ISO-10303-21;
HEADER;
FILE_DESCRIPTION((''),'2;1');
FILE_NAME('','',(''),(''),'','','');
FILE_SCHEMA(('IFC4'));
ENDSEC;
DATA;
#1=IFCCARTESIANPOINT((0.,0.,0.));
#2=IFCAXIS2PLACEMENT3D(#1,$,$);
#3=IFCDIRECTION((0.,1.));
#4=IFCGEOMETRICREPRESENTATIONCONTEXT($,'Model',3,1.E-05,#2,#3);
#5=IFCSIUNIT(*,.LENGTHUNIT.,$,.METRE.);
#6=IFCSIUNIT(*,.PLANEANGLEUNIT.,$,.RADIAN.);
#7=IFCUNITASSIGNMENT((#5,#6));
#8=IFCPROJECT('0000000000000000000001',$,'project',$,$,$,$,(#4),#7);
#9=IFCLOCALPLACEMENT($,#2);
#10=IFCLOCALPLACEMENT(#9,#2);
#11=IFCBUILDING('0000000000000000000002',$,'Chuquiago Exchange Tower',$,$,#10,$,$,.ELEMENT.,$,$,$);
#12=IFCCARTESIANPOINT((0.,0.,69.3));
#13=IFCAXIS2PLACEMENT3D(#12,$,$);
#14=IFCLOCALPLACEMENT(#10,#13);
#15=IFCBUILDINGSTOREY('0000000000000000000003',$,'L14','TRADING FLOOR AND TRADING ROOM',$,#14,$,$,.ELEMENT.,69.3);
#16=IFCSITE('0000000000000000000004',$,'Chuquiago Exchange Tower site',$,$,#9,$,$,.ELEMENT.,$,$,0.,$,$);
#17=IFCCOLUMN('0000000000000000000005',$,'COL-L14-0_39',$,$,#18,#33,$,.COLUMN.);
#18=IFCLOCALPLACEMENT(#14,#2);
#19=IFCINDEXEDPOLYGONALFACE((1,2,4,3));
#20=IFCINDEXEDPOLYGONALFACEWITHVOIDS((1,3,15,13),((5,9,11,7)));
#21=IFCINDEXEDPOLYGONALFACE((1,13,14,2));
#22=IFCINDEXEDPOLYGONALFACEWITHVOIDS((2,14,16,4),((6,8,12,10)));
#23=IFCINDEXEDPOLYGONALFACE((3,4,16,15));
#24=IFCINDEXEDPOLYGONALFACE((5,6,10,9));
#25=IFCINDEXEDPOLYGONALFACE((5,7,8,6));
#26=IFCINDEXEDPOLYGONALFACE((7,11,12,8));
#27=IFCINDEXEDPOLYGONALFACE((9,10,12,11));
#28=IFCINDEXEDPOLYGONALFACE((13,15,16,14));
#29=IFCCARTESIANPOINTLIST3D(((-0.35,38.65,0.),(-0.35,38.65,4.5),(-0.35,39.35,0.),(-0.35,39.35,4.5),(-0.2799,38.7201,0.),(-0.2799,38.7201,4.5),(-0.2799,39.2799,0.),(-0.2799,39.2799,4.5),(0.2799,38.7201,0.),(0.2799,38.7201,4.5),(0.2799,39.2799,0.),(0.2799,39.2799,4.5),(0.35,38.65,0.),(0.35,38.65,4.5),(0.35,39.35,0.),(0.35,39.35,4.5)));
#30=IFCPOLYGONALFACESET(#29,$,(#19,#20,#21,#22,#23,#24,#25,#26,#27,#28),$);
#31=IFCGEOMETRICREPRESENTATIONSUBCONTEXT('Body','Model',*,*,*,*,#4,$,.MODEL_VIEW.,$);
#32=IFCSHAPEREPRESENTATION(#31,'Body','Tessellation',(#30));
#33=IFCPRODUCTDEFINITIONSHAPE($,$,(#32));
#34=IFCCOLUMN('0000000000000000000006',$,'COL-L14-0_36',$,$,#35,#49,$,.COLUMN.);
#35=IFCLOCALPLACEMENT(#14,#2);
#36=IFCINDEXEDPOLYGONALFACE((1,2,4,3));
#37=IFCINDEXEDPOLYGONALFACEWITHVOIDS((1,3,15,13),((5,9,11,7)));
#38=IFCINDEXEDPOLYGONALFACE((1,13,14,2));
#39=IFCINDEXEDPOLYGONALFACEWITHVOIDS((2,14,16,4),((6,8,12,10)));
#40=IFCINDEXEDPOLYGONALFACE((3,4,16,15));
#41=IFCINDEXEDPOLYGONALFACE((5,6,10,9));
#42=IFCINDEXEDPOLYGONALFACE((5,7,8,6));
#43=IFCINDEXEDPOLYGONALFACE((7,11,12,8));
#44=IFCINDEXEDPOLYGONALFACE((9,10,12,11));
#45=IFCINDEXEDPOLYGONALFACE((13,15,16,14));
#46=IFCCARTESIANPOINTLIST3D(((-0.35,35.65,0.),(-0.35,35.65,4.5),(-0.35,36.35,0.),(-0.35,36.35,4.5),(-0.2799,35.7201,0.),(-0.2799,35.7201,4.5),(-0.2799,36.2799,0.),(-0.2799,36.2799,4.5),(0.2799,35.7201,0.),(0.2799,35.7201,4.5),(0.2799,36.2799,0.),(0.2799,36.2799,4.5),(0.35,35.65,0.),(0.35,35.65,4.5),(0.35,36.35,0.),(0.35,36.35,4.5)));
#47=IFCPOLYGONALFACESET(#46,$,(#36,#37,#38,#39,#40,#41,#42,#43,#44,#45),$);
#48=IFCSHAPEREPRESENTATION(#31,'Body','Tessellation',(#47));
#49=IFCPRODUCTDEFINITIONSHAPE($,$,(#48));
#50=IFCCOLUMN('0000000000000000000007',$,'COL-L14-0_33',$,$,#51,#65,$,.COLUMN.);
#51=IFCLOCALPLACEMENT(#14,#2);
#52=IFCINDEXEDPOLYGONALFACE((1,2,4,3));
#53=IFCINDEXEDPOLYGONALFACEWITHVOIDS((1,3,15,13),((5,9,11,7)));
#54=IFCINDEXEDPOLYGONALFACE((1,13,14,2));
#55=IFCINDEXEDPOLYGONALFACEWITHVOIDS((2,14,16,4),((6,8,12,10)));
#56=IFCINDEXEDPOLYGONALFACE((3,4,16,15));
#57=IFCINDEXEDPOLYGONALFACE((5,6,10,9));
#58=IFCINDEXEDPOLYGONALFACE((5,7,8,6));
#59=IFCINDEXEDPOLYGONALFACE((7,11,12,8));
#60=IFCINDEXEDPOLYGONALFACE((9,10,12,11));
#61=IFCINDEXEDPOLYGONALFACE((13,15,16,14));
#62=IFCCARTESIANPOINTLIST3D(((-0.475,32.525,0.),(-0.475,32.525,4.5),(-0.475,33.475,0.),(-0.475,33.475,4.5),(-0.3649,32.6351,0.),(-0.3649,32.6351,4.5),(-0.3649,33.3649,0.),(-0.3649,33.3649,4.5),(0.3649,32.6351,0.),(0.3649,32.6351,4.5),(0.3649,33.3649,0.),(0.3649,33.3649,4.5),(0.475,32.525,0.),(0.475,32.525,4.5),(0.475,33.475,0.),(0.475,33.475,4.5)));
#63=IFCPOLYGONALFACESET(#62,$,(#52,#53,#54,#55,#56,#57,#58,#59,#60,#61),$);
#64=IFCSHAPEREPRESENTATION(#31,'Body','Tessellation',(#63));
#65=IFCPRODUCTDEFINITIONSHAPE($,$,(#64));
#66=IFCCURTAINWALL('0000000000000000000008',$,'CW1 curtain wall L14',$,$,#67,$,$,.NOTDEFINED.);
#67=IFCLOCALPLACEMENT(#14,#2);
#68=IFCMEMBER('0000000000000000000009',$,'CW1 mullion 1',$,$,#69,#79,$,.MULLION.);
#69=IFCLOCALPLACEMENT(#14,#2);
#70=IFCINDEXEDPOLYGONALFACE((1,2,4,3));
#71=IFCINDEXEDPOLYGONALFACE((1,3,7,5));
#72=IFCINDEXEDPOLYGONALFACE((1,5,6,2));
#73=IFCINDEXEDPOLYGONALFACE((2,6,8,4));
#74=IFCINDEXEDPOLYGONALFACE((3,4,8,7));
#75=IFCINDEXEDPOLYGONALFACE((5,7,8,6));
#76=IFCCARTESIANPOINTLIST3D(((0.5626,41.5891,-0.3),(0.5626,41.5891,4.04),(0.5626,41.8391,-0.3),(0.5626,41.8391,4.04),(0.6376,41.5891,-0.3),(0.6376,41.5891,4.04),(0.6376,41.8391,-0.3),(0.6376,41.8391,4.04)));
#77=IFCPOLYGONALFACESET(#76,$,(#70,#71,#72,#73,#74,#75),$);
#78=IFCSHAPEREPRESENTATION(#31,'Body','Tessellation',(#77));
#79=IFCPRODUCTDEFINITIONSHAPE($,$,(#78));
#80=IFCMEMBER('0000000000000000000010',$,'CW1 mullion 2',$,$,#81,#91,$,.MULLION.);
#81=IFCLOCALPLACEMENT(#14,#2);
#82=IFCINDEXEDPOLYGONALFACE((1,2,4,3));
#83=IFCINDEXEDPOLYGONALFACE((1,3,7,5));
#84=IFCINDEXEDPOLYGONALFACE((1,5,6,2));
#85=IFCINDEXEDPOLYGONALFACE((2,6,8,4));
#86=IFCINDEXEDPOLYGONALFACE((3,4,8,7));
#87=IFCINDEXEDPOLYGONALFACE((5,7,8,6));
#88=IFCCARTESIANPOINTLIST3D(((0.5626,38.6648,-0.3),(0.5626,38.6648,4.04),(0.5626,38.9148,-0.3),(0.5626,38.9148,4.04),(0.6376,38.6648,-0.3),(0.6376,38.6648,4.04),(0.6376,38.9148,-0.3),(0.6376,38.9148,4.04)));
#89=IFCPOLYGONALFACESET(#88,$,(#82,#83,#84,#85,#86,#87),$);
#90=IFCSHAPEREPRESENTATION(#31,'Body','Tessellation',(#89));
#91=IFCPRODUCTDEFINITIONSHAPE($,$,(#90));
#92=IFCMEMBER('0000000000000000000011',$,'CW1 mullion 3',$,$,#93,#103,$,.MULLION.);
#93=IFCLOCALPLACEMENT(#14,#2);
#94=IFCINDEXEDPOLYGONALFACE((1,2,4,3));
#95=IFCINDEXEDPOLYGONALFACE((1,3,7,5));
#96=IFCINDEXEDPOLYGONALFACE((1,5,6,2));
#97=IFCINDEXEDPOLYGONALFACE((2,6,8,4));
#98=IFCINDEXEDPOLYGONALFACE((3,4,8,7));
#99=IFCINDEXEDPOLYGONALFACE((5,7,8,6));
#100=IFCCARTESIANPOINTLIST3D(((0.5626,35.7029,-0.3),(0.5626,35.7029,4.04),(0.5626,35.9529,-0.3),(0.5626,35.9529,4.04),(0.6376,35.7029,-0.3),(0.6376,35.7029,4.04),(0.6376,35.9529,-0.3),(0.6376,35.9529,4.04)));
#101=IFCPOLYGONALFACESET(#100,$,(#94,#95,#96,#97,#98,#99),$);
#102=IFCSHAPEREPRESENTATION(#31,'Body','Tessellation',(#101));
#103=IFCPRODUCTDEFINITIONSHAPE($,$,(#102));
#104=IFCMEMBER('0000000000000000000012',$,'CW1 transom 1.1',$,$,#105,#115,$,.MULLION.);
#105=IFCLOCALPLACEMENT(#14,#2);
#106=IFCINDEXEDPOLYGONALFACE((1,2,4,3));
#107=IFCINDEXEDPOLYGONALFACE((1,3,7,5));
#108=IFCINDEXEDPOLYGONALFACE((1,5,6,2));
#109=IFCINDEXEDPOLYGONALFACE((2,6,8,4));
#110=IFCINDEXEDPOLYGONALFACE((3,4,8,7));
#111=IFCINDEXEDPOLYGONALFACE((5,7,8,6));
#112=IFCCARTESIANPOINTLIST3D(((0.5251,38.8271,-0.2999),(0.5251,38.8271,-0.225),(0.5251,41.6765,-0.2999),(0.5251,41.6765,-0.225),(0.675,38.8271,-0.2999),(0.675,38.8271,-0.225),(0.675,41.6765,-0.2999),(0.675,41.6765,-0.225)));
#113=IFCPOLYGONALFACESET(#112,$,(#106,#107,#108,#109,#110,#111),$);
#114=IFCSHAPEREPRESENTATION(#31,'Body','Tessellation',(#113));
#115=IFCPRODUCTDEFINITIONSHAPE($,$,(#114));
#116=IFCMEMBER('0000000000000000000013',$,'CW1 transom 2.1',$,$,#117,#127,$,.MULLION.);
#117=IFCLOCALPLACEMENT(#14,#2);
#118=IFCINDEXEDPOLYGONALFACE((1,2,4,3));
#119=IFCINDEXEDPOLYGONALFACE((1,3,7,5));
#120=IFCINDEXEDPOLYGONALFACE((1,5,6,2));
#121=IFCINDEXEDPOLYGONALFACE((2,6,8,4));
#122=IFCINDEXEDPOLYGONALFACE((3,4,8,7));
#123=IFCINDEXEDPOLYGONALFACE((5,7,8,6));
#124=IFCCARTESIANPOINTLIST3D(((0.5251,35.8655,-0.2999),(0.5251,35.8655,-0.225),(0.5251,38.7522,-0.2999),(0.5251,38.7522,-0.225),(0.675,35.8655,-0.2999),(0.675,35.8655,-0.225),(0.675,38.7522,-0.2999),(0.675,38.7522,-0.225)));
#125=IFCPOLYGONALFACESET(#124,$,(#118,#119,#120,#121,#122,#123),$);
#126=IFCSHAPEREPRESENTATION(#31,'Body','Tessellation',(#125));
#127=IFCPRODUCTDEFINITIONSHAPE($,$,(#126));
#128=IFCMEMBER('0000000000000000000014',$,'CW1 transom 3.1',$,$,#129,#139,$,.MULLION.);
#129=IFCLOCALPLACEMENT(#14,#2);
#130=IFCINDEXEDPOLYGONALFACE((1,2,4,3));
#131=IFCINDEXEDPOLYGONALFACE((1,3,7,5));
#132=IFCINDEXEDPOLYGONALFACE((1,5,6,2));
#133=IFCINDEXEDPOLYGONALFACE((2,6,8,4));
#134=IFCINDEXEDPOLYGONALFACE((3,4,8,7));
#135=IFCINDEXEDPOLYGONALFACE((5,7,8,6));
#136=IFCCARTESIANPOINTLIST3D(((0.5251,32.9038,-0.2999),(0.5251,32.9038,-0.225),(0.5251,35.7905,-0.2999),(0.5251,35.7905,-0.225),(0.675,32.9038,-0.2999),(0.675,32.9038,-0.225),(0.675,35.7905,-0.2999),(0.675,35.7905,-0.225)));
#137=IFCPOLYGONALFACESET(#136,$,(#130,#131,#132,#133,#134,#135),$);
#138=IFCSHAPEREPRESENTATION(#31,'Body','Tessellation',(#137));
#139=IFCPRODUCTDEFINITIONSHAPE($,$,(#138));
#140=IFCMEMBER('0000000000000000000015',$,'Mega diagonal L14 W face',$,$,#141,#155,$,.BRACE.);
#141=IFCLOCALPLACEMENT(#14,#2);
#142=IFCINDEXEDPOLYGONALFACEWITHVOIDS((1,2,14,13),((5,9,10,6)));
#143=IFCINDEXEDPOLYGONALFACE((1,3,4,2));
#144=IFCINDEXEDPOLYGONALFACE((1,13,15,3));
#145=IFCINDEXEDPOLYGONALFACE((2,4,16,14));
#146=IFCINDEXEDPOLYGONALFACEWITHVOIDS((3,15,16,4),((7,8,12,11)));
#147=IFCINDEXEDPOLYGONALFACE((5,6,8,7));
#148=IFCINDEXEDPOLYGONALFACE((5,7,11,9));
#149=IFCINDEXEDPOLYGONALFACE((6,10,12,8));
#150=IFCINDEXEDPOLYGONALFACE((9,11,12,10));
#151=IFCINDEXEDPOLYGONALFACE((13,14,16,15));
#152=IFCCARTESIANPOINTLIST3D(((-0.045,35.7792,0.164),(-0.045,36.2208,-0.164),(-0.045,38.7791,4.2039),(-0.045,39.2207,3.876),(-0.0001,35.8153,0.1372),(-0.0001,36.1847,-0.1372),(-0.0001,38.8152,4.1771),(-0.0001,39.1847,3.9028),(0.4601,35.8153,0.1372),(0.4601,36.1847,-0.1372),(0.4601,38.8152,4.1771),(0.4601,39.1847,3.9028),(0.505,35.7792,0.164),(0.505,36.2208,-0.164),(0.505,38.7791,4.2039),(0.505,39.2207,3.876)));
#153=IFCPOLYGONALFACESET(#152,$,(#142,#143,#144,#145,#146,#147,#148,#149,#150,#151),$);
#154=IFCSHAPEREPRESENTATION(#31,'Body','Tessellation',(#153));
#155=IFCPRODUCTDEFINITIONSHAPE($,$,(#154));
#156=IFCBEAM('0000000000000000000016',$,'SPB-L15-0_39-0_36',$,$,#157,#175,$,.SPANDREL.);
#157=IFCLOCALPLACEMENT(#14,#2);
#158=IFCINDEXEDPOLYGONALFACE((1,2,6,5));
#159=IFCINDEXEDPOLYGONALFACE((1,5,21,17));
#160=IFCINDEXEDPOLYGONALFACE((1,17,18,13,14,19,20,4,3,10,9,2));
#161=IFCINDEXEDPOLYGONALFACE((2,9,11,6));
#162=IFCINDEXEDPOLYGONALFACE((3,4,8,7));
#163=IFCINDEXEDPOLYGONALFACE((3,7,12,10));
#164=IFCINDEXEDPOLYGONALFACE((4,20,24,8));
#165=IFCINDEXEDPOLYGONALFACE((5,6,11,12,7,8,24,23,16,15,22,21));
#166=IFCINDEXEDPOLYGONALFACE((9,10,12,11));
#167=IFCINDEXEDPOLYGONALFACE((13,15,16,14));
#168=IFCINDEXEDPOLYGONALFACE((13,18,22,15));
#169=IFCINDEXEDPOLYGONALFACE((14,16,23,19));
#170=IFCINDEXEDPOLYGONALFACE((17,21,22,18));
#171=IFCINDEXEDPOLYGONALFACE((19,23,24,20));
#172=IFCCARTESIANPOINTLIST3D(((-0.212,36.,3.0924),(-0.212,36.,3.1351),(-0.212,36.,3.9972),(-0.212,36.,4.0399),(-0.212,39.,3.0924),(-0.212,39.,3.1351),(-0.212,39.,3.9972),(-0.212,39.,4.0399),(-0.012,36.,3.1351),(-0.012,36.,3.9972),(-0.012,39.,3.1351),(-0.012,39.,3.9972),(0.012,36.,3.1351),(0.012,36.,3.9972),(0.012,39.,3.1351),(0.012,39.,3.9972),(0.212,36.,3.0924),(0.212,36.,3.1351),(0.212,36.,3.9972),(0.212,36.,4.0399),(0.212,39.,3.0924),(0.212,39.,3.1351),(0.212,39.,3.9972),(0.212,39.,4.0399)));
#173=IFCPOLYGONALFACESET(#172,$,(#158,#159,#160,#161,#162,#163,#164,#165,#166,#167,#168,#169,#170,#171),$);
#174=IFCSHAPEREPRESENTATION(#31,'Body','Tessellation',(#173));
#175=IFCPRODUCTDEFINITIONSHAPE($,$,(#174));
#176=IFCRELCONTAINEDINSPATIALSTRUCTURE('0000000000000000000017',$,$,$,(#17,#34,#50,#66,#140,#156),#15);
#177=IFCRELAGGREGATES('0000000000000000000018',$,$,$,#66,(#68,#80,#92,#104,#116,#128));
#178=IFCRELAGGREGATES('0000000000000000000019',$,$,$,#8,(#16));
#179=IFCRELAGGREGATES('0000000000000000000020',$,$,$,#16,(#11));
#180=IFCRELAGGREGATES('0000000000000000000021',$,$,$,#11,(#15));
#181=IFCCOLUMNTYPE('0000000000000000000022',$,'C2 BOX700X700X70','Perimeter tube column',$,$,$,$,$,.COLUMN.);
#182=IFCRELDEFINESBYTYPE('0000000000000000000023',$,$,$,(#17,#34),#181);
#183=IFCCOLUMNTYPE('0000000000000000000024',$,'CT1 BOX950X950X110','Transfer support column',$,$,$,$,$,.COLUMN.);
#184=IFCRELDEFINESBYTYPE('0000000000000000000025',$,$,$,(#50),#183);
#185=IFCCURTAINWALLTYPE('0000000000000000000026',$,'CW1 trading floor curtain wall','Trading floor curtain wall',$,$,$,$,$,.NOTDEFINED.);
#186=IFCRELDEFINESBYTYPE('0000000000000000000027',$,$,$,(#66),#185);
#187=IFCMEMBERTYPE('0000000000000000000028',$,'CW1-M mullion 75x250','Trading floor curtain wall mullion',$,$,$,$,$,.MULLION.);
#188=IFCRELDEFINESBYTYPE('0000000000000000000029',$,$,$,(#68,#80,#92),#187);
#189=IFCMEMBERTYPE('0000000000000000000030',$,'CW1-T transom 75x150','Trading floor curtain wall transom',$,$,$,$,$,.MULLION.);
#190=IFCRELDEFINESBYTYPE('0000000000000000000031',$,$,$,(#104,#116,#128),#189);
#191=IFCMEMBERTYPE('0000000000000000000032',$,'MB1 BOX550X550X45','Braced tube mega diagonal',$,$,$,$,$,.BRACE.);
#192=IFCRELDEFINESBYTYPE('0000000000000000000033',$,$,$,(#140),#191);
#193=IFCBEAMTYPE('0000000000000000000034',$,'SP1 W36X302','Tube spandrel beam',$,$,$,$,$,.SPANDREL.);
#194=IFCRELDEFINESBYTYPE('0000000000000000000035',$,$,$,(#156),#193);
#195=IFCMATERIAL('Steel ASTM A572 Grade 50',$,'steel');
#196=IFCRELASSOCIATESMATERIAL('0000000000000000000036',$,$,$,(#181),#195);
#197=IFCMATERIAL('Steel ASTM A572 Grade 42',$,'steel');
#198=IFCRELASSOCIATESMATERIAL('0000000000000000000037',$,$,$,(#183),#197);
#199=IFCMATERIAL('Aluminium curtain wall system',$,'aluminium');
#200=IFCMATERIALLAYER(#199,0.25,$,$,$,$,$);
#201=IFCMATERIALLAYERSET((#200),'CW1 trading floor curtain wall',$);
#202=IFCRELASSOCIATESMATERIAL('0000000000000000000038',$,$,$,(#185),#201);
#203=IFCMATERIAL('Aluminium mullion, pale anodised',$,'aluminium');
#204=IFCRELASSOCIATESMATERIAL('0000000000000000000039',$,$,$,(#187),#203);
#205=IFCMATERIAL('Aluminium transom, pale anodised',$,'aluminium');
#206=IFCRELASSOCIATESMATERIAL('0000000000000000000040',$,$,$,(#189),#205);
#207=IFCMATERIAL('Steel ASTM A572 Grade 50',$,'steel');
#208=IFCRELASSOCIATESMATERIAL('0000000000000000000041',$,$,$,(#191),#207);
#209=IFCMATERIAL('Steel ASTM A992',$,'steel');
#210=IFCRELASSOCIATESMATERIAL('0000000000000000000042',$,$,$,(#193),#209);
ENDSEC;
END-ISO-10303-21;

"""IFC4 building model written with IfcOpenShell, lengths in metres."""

from ifc_helpers import new_model, si_unit, direction, frame, origin, origin_2d, place, context, subcontext, project, spatial, rectangle, hollow_rectangle, i_section, extrude, material, layer, layer_set, material_profile, profile_set, type_object, element, aggregate, save


model = new_model("IFC4")

# Units and contexts
model_context = context("Model", 3, precision=1e-05, world=origin(), true_north=direction((0.0, 1.0)))
body_context = subcontext(model_context, "Body", "Model", "MODEL_VIEW")
ifc_project = project(units=[si_unit("LENGTHUNIT", "METRE"), si_unit("PLANEANGLEUNIT", "RADIAN")], contexts=[model_context])

# Site, building, storey
site_placement = place(None, origin())
site = spatial("IfcSite", under=ifc_project, at=site_placement, Name="Chuquiago Exchange Tower site", CompositionType="ELEMENT", RefElevation=0.0)
building_placement = place(site_placement, origin())
building = spatial("IfcBuilding", under=site, at=building_placement, Name="Chuquiago Exchange Tower", CompositionType="ELEMENT")
storey_placement = place(building_placement, frame((0.0, 0.0, 69.3)))
storey = spatial("IfcBuildingStorey", under=building, at=storey_placement, Name="L14", Description="TRADING FLOOR AND TRADING ROOM", CompositionType="ELEMENT", Elevation=69.3)

# Columns
ifc_material_1 = material(Name="Steel ASTM A572 Grade 50", Category="steel")
ifc_material_profile_1 = material_profile(ifc_material_1, hollow_rectangle(XDim=0.7, YDim=0.7, WallThickness=0.0701, at=origin_2d()), Name="BOX700X700X70")
ifc_profile_set_1 = profile_set([ifc_material_profile_1], Name="Steel ASTM A572 Grade 50")
column_type_1 = type_object("IfcColumnType", Name="C2 BOX700X700X70", Description="Perimeter tube column", PredefinedType="COLUMN", material=ifc_profile_set_1)
for number, where, z_axis, x_axis, name in (
    (1, (0.0, 39.0, 0.0), (0.0, 0.0, 1.0), (-1.0, 0.0, 0.0), "COL-L14-0_39"),
    (2, (0.0, 36.0, 0.0), (0.0, 0.0, 1.0), (-1.0, 0.0, 0.0), "COL-L14-0_36"),
):
    element("IfcColumn", number, at=place(storey_placement, frame(where, z_axis=z_axis, x_axis=x_axis)), inside=storey, type_object=column_type_1, Name=name, PredefinedType="COLUMN", context=body_context, shape_type="SweptSolid", body=[
        extrude(hollow_rectangle(XDim=0.7, YDim=0.7, WallThickness=0.0701, at=origin_2d()), origin(), (0.0, 0.0, 1.0), 4.5),
    ])
ifc_material_2 = material(Name="Steel ASTM A572 Grade 42", Category="steel")
ifc_material_profile_2 = material_profile(ifc_material_2, hollow_rectangle(XDim=0.95, YDim=0.95, WallThickness=0.1101, at=origin_2d()), Name="BOX950X950X110")
ifc_profile_set_2 = profile_set([ifc_material_profile_2], Name="Steel ASTM A572 Grade 42")
column_type_2 = type_object("IfcColumnType", Name="CT1 BOX950X950X110", Description="Transfer support column", PredefinedType="COLUMN", material=ifc_profile_set_2)
column_placement = place(storey_placement, frame((0.0, 33.0, 0.0), z_axis=(0.0, 0.0, 1.0), x_axis=(-1.0, 0.0, 0.0)))
element("IfcColumn", 3, at=column_placement, inside=storey, type_object=column_type_2, Name="COL-L14-0_33", PredefinedType="COLUMN", context=body_context, shape_type="SweptSolid", body=[
    extrude(hollow_rectangle(XDim=0.95, YDim=0.95, WallThickness=0.1101, at=origin_2d()), origin(), (0.0, 0.0, 1.0), 4.5),
])

# Curtain wall, members
ifc_material_3 = material(Name="Aluminium curtain wall system", Category="aluminium")
ifc_layer_1 = layer(ifc_material_3, 0.25)
ifc_layer_set_1 = layer_set([ifc_layer_1], Name="CW1 trading floor curtain wall")
curtain_wall_type = type_object("IfcCurtainWallType", Name="CW1 trading floor curtain wall", Description="Trading floor curtain wall", PredefinedType="NOTDEFINED", material=ifc_layer_set_1)
curtain_wall_placement = place(storey_placement, origin())
curtain_wall = element("IfcCurtainWall", 4, at=curtain_wall_placement, inside=storey, type_object=curtain_wall_type, Name="CW1 curtain wall L14", PredefinedType="NOTDEFINED")
ifc_material_4 = material(Name="Aluminium mullion, pale anodised", Category="aluminium")
ifc_material_profile_3 = material_profile(ifc_material_4, rectangle(XDim=0.075, YDim=0.25, at=origin_2d()), Name="AL 75x250")
ifc_profile_set_3 = profile_set([ifc_material_profile_3], Name="Aluminium mullion, pale anodised")
member_type_1 = type_object("IfcMemberType", Name="CW1-M mullion 75x250", Description="Trading floor curtain wall mullion", PredefinedType="MULLION", material=ifc_profile_set_3)
member_1_placement = place(storey_placement, frame((0.6001, 41.7141, -0.3), z_axis=(0.0, 0.0, 1.0), x_axis=(1.0, 0.0, 0.0)))
member_1 = element("IfcMember", 5, at=member_1_placement, type_object=member_type_1, Name="CW1 mullion 1", PredefinedType="MULLION", context=body_context, shape_type="SweptSolid", body=[
    extrude(rectangle(XDim=0.075, YDim=0.25, at=origin_2d()), origin(), (0.0, 0.0, 1.0), 4.3401),
])
member_2_placement = place(storey_placement, frame((0.6001, 38.7898, -0.3), z_axis=(0.0, 0.0, 1.0), x_axis=(1.0, 0.0, 0.0)))
member_2 = element("IfcMember", 6, at=member_2_placement, type_object=member_type_1, Name="CW1 mullion 2", PredefinedType="MULLION", context=body_context, shape_type="SweptSolid", body=[
    extrude(rectangle(XDim=0.075, YDim=0.25, at=origin_2d()), origin(), (0.0, 0.0, 1.0), 4.3401),
])
member_3_placement = place(storey_placement, frame((0.6001, 35.8279, -0.3), z_axis=(0.0, 0.0, 1.0), x_axis=(1.0, 0.0, 0.0)))
member_3 = element("IfcMember", 7, at=member_3_placement, type_object=member_type_1, Name="CW1 mullion 3", PredefinedType="MULLION", context=body_context, shape_type="SweptSolid", body=[
    extrude(rectangle(XDim=0.075, YDim=0.25, at=origin_2d()), origin(), (0.0, 0.0, 1.0), 4.3401),
])
ifc_material_5 = material(Name="Aluminium transom, pale anodised", Category="aluminium")
ifc_material_profile_4 = material_profile(ifc_material_5, rectangle(XDim=0.1499, YDim=0.075, at=origin_2d()), Name="AL 150x75")
ifc_profile_set_4 = profile_set([ifc_material_profile_4], Name="Aluminium transom, pale anodised")
member_type_2 = type_object("IfcMemberType", Name="CW1-T transom 75x150", Description="Trading floor curtain wall transom", PredefinedType="MULLION", material=ifc_profile_set_4)
member_4_placement = place(storey_placement, frame((0.6001, 41.6765, -0.2625), z_axis=(0.0, -1.0, 0.0), x_axis=(1.0, 0.0, 0.0)))
member_4 = element("IfcMember", 8, at=member_4_placement, type_object=member_type_2, Name="CW1 transom 1.1", PredefinedType="MULLION", context=body_context, shape_type="SweptSolid", body=[
    extrude(rectangle(XDim=0.1499, YDim=0.075, at=origin_2d()), origin(), (0.0, 0.0, 1.0), 2.8494),
])
member_5_placement = place(storey_placement, frame((0.6001, 38.7522, -0.2625), z_axis=(0.0, -1.0, 0.0), x_axis=(1.0, 0.0, 0.0)))
member_5 = element("IfcMember", 9, at=member_5_placement, type_object=member_type_2, Name="CW1 transom 2.1", PredefinedType="MULLION", context=body_context, shape_type="SweptSolid", body=[
    extrude(rectangle(XDim=0.1499, YDim=0.075, at=origin_2d()), origin(), (0.0, 0.0, 1.0), 2.8867),
])
member_6_placement = place(storey_placement, frame((0.6001, 35.7905, -0.2625), z_axis=(0.0, -1.0, 0.0), x_axis=(1.0, 0.0, 0.0)))
member_6 = element("IfcMember", 10, at=member_6_placement, type_object=member_type_2, Name="CW1 transom 3.1", PredefinedType="MULLION", context=body_context, shape_type="SweptSolid", body=[
    extrude(rectangle(XDim=0.1499, YDim=0.075, at=origin_2d()), origin(), (0.0, 0.0, 1.0), 2.8867),
])

# Member
ifc_material_6 = material(Name="Steel ASTM A572 Grade 50", Category="steel")
ifc_material_profile_5 = material_profile(ifc_material_6, hollow_rectangle(XDim=0.55, YDim=0.55, WallThickness=0.0449, at=origin_2d()), Name="BOX550X550X45")
ifc_profile_set_5 = profile_set([ifc_material_profile_5], Name="Steel ASTM A572 Grade 50")
member_type_3 = type_object("IfcMemberType", Name="MB1 BOX550X550X45", Description="Braced tube mega diagonal", PredefinedType="BRACE", material=ifc_profile_set_5)
member_7_placement = place(storey_placement, frame((0.23, 36.0, 0.0), z_axis=(0.0, 0.596174, 0.802855), x_axis=(-1.0, 0.0, 0.0)))
element("IfcMember", 11, at=member_7_placement, inside=storey, type_object=member_type_3, Name="Mega diagonal L14 W face", PredefinedType="BRACE", context=body_context, shape_type="SweptSolid", body=[
    extrude(hollow_rectangle(XDim=0.55, YDim=0.55, WallThickness=0.0449, at=origin_2d()), origin(), (0.0, 0.0, 1.0), 5.032),
])

# Beam
ifc_material_7 = material(Name="Steel ASTM A992", Category="steel")
ifc_material_profile_6 = material_profile(ifc_material_7, i_section(OverallWidth=0.4241, OverallDepth=0.9475, WebThickness=0.0239, FlangeThickness=0.0427, at=origin_2d()), Name="W36X302")
ifc_profile_set_6 = profile_set([ifc_material_profile_6], Name="Steel ASTM A992")
beam_type = type_object("IfcBeamType", Name="SP1 W36X302", Description="Tube spandrel beam", PredefinedType="SPANDREL", material=ifc_profile_set_6)
for number, where, z_axis, x_axis, name in (
    (12, (0.0, 39.0, 3.5662), (0.0, -1.0, 0.0), (1.0, 0.0, 0.0), "SPB-L15-0_39-0_36"),
):
    element("IfcBeam", number, at=place(storey_placement, frame(where, z_axis=z_axis, x_axis=x_axis)), inside=storey, type_object=beam_type, Name=name, PredefinedType="SPANDREL", context=body_context, shape_type="SweptSolid", body=[
        extrude(i_section(OverallWidth=0.4241, OverallDepth=0.9475, WebThickness=0.0239, FlangeThickness=0.0427, at=origin_2d()), origin(), (0.0, 0.0, 1.0), 3.0),
    ])

aggregate(curtain_wall, [member_1, member_2, member_3, member_4, member_5, member_6])

save(model, "model.ifc")
